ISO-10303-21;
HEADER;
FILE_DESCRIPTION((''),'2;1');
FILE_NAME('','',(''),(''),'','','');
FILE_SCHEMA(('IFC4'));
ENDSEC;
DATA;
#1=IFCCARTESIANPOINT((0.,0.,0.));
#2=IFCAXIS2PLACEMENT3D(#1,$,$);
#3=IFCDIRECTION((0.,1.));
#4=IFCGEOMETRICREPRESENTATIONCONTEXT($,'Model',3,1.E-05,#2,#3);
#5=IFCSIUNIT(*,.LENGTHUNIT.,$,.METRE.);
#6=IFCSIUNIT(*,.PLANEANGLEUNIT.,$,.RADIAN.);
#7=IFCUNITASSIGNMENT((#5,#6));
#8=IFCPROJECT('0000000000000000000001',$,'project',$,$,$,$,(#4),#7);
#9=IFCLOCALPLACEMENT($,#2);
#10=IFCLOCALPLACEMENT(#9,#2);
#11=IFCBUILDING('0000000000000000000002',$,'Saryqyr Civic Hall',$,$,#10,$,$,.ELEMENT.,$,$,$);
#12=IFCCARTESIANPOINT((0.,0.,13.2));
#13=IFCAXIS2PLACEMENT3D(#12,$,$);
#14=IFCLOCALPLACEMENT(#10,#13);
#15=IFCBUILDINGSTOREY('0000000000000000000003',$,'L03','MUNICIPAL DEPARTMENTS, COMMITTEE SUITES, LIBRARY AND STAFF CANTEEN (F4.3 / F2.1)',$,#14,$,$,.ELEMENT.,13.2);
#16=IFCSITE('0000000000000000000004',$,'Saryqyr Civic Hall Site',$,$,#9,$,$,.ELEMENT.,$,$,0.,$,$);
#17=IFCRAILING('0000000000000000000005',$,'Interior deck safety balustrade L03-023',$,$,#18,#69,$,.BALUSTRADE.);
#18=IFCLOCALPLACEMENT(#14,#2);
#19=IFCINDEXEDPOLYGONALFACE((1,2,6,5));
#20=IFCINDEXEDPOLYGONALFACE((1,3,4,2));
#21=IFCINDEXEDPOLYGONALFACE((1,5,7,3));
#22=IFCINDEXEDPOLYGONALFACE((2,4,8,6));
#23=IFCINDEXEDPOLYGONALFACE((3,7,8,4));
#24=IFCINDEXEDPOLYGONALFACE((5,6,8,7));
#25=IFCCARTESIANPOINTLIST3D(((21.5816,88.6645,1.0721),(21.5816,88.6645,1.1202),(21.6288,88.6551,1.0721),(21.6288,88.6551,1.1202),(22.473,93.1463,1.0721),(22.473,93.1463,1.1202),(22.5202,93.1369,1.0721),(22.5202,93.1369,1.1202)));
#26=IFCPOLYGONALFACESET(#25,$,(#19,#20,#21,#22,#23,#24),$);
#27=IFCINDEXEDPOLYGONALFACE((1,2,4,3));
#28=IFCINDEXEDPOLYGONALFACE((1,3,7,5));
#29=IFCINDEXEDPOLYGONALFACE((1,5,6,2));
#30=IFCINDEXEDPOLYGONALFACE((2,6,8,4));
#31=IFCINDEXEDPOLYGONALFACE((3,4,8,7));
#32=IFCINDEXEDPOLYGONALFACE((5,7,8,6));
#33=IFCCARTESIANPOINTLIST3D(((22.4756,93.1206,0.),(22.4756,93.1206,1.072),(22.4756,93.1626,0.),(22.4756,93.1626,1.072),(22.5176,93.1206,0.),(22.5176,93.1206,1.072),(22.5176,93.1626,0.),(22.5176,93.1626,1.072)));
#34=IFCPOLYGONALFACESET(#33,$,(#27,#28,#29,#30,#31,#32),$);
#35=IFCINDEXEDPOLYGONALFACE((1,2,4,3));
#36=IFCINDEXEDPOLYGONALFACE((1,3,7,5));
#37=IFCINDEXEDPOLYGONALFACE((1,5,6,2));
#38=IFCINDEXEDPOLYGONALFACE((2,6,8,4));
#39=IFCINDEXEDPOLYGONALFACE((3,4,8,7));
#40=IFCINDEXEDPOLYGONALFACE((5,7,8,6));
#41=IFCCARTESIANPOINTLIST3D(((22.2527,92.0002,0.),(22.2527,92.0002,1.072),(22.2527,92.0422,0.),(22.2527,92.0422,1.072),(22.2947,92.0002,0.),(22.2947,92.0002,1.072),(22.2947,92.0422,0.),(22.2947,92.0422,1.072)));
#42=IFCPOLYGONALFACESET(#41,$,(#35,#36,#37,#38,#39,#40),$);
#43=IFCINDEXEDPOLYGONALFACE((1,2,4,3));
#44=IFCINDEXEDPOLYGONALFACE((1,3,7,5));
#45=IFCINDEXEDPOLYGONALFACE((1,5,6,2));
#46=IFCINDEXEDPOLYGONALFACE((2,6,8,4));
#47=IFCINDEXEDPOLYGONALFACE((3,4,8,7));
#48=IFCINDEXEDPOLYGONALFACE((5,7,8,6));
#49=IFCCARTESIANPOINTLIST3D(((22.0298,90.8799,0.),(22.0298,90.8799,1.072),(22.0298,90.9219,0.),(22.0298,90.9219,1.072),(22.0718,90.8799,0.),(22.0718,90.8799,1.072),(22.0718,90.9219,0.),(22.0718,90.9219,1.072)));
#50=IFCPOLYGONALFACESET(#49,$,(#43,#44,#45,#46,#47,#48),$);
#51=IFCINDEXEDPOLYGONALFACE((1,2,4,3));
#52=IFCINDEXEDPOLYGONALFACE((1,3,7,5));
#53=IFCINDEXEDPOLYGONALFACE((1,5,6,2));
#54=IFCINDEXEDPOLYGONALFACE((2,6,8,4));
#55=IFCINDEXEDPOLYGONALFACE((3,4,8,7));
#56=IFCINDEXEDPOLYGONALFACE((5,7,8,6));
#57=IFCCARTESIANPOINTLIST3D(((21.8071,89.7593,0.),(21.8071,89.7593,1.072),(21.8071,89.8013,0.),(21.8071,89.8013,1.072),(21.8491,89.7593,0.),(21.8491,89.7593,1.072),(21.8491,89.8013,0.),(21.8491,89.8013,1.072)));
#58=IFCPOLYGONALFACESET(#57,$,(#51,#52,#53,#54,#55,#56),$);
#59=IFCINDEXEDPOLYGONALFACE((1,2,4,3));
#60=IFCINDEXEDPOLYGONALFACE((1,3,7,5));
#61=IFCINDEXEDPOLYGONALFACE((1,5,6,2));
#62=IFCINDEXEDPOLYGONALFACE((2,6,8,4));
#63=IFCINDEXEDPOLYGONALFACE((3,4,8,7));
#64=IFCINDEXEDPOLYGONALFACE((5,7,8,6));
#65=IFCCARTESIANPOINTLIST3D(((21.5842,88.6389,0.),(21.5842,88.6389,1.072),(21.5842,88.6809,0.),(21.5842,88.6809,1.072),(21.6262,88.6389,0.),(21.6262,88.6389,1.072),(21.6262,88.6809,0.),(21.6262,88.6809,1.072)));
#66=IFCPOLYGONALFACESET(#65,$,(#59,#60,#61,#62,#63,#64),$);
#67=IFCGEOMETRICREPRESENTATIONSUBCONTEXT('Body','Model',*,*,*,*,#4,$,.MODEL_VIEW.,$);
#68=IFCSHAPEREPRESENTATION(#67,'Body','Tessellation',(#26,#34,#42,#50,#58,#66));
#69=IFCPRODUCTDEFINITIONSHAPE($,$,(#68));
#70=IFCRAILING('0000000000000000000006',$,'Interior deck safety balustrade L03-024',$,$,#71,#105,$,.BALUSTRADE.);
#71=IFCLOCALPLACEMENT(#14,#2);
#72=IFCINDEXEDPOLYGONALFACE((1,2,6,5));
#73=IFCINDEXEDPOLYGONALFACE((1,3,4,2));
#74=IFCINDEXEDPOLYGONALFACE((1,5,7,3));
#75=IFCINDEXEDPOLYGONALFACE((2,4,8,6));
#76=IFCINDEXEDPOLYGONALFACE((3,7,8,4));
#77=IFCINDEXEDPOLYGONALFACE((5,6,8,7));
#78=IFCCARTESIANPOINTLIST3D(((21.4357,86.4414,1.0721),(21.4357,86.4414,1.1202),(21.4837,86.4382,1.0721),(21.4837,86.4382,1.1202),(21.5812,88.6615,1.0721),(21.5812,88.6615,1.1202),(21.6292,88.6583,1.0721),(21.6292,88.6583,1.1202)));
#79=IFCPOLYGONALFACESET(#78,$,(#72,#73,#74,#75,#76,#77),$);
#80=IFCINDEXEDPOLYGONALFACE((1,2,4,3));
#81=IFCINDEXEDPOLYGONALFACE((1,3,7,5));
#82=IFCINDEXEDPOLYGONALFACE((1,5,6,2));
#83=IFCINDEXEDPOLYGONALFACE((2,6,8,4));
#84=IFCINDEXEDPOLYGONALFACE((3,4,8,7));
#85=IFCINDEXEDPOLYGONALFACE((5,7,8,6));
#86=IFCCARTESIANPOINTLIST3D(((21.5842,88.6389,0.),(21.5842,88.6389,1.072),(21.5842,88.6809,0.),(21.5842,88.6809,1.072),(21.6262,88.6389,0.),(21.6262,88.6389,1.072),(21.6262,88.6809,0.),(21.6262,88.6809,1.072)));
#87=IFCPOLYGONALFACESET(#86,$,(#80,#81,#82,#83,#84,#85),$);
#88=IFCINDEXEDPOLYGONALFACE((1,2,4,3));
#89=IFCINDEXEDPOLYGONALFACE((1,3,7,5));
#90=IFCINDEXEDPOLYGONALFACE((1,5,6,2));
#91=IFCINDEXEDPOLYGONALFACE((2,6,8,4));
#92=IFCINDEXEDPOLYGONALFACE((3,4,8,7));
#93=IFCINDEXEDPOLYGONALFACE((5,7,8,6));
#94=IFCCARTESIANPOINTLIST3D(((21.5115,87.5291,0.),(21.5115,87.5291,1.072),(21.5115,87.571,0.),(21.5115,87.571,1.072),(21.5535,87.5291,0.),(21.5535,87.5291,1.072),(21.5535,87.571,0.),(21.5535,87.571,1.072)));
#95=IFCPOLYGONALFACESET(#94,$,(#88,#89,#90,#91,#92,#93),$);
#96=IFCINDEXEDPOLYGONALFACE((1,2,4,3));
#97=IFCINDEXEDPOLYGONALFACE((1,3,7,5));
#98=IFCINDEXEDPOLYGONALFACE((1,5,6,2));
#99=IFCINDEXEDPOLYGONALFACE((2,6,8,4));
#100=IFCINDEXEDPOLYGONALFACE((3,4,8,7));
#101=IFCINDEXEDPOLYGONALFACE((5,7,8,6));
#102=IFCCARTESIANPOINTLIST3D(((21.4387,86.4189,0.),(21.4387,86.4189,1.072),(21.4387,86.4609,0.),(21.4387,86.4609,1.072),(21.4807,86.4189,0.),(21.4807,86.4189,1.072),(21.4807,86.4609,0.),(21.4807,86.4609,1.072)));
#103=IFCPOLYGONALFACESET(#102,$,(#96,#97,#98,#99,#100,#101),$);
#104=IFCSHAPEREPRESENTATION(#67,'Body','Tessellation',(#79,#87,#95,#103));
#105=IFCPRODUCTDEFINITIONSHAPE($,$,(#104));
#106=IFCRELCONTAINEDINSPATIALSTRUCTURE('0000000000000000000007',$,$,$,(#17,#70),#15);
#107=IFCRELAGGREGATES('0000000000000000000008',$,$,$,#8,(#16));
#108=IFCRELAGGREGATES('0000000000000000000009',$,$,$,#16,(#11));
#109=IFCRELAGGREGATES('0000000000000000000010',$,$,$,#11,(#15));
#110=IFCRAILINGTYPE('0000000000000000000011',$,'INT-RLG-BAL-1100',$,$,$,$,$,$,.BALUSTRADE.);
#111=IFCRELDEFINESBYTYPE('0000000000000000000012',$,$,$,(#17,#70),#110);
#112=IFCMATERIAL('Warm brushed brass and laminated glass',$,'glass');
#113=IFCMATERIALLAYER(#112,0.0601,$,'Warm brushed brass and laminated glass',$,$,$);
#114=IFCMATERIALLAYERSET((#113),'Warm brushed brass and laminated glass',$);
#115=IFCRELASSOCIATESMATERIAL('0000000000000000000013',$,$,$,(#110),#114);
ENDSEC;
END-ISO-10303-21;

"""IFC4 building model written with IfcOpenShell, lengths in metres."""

from ifc_helpers import new_model, si_unit, direction, frame, origin, origin_2d, place, context, subcontext, project, spatial, rectangle, extrude, material, layer, layer_set, type_object, element, save


model = new_model("IFC4")

# Units and contexts
model_context = context("Model", 3, precision=1e-05, world=origin(), true_north=direction((0.0, 1.0)))
body_context = subcontext(model_context, "Body", "Model", "MODEL_VIEW")
ifc_project = project(units=[si_unit("LENGTHUNIT", "METRE"), si_unit("PLANEANGLEUNIT", "RADIAN")], contexts=[model_context])

# Site, building, storey
site_placement = place(None, origin())
site = spatial("IfcSite", under=ifc_project, at=site_placement, Name="Saryqyr Civic Hall Site", CompositionType="ELEMENT", RefElevation=0.0)
building_placement = place(site_placement, origin())
building = spatial("IfcBuilding", under=site, at=building_placement, Name="Saryqyr Civic Hall", CompositionType="ELEMENT")
storey_placement = place(building_placement, frame((0.0, 0.0, 13.2)))
storey = spatial("IfcBuildingStorey", under=building, at=storey_placement, Name="L03", Description="MUNICIPAL DEPARTMENTS, COMMITTEE SUITES, LIBRARY AND STAFF CANTEEN (F4.3 / F2.1)", CompositionType="ELEMENT", Elevation=13.2)

# Railings
ifc_material_1 = material(Name="Warm brushed brass and laminated glass", Category="glass")
ifc_layer_1 = layer(ifc_material_1, 0.0601, Name="Warm brushed brass and laminated glass")
ifc_layer_set_1 = layer_set([ifc_layer_1], Name="Warm brushed brass and laminated glass")
railing_type = type_object("IfcRailingType", Name="INT-RLG-BAL-1100", PredefinedType="BALUSTRADE", material=ifc_layer_set_1)
railing_1_placement = place(storey_placement, frame((22.4966, 93.1416, 0.0)))
element("IfcRailing", 1, at=railing_1_placement, inside=storey, type_object=railing_type, Name="Interior deck safety balustrade L03-023", PredefinedType="BALUSTRADE", context=body_context, shape_type="SweptSolid", body=[
    extrude(rectangle(XDim=0.0481, YDim=0.0481, at=origin_2d()), frame((0.0, 0.0, 1.0962), z_axis=(-0.195068, -0.98079, 0.0), x_axis=(0.98079, -0.195068, 0.0)), (0.0, 0.0, 1.0), 4.5696),
    extrude(rectangle(XDim=0.042, YDim=0.042, at=origin_2d()), origin(), (0.0, 0.0, 1.0), 1.072),
    extrude(rectangle(XDim=0.042, YDim=0.042, at=origin_2d()), frame((-0.2229, -1.1204, 0.0)), (0.0, 0.0, 1.0), 1.072),
    extrude(rectangle(XDim=0.042, YDim=0.042, at=origin_2d()), frame((-0.4458, -2.2407, 0.0)), (0.0, 0.0, 1.0), 1.072),
    extrude(rectangle(XDim=0.042, YDim=0.042, at=origin_2d()), frame((-0.6685, -3.3613, 0.0)), (0.0, 0.0, 1.0), 1.072),
    extrude(rectangle(XDim=0.042, YDim=0.042, at=origin_2d()), frame((-0.8914, -4.4817, 0.0)), (0.0, 0.0, 1.0), 1.072),
])
railing_2_placement = place(storey_placement, frame((21.6052, 88.6599, 0.0)))
element("IfcRailing", 2, at=railing_2_placement, inside=storey, type_object=railing_type, Name="Interior deck safety balustrade L03-024", PredefinedType="BALUSTRADE", context=body_context, shape_type="SweptSolid", body=[
    extrude(rectangle(XDim=0.0481, YDim=0.0481, at=origin_2d()), frame((0.0, 0.0, 1.0962), z_axis=(-0.065405, -0.997859, 0.0), x_axis=(0.997859, -0.065405, 0.0)), (0.0, 0.0, 1.0), 2.2249),
    extrude(rectangle(XDim=0.042, YDim=0.042, at=origin_2d()), origin(), (0.0, 0.0, 1.0), 1.072),
    extrude(rectangle(XDim=0.042, YDim=0.042, at=origin_2d()), frame((-0.0728, -1.1099, 0.0)), (0.0, 0.0, 1.0), 1.072),
    extrude(rectangle(XDim=0.042, YDim=0.042, at=origin_2d()), frame((-0.1455, -2.22, 0.0)), (0.0, 0.0, 1.0), 1.072),
])

save(model, "model.ifc")
